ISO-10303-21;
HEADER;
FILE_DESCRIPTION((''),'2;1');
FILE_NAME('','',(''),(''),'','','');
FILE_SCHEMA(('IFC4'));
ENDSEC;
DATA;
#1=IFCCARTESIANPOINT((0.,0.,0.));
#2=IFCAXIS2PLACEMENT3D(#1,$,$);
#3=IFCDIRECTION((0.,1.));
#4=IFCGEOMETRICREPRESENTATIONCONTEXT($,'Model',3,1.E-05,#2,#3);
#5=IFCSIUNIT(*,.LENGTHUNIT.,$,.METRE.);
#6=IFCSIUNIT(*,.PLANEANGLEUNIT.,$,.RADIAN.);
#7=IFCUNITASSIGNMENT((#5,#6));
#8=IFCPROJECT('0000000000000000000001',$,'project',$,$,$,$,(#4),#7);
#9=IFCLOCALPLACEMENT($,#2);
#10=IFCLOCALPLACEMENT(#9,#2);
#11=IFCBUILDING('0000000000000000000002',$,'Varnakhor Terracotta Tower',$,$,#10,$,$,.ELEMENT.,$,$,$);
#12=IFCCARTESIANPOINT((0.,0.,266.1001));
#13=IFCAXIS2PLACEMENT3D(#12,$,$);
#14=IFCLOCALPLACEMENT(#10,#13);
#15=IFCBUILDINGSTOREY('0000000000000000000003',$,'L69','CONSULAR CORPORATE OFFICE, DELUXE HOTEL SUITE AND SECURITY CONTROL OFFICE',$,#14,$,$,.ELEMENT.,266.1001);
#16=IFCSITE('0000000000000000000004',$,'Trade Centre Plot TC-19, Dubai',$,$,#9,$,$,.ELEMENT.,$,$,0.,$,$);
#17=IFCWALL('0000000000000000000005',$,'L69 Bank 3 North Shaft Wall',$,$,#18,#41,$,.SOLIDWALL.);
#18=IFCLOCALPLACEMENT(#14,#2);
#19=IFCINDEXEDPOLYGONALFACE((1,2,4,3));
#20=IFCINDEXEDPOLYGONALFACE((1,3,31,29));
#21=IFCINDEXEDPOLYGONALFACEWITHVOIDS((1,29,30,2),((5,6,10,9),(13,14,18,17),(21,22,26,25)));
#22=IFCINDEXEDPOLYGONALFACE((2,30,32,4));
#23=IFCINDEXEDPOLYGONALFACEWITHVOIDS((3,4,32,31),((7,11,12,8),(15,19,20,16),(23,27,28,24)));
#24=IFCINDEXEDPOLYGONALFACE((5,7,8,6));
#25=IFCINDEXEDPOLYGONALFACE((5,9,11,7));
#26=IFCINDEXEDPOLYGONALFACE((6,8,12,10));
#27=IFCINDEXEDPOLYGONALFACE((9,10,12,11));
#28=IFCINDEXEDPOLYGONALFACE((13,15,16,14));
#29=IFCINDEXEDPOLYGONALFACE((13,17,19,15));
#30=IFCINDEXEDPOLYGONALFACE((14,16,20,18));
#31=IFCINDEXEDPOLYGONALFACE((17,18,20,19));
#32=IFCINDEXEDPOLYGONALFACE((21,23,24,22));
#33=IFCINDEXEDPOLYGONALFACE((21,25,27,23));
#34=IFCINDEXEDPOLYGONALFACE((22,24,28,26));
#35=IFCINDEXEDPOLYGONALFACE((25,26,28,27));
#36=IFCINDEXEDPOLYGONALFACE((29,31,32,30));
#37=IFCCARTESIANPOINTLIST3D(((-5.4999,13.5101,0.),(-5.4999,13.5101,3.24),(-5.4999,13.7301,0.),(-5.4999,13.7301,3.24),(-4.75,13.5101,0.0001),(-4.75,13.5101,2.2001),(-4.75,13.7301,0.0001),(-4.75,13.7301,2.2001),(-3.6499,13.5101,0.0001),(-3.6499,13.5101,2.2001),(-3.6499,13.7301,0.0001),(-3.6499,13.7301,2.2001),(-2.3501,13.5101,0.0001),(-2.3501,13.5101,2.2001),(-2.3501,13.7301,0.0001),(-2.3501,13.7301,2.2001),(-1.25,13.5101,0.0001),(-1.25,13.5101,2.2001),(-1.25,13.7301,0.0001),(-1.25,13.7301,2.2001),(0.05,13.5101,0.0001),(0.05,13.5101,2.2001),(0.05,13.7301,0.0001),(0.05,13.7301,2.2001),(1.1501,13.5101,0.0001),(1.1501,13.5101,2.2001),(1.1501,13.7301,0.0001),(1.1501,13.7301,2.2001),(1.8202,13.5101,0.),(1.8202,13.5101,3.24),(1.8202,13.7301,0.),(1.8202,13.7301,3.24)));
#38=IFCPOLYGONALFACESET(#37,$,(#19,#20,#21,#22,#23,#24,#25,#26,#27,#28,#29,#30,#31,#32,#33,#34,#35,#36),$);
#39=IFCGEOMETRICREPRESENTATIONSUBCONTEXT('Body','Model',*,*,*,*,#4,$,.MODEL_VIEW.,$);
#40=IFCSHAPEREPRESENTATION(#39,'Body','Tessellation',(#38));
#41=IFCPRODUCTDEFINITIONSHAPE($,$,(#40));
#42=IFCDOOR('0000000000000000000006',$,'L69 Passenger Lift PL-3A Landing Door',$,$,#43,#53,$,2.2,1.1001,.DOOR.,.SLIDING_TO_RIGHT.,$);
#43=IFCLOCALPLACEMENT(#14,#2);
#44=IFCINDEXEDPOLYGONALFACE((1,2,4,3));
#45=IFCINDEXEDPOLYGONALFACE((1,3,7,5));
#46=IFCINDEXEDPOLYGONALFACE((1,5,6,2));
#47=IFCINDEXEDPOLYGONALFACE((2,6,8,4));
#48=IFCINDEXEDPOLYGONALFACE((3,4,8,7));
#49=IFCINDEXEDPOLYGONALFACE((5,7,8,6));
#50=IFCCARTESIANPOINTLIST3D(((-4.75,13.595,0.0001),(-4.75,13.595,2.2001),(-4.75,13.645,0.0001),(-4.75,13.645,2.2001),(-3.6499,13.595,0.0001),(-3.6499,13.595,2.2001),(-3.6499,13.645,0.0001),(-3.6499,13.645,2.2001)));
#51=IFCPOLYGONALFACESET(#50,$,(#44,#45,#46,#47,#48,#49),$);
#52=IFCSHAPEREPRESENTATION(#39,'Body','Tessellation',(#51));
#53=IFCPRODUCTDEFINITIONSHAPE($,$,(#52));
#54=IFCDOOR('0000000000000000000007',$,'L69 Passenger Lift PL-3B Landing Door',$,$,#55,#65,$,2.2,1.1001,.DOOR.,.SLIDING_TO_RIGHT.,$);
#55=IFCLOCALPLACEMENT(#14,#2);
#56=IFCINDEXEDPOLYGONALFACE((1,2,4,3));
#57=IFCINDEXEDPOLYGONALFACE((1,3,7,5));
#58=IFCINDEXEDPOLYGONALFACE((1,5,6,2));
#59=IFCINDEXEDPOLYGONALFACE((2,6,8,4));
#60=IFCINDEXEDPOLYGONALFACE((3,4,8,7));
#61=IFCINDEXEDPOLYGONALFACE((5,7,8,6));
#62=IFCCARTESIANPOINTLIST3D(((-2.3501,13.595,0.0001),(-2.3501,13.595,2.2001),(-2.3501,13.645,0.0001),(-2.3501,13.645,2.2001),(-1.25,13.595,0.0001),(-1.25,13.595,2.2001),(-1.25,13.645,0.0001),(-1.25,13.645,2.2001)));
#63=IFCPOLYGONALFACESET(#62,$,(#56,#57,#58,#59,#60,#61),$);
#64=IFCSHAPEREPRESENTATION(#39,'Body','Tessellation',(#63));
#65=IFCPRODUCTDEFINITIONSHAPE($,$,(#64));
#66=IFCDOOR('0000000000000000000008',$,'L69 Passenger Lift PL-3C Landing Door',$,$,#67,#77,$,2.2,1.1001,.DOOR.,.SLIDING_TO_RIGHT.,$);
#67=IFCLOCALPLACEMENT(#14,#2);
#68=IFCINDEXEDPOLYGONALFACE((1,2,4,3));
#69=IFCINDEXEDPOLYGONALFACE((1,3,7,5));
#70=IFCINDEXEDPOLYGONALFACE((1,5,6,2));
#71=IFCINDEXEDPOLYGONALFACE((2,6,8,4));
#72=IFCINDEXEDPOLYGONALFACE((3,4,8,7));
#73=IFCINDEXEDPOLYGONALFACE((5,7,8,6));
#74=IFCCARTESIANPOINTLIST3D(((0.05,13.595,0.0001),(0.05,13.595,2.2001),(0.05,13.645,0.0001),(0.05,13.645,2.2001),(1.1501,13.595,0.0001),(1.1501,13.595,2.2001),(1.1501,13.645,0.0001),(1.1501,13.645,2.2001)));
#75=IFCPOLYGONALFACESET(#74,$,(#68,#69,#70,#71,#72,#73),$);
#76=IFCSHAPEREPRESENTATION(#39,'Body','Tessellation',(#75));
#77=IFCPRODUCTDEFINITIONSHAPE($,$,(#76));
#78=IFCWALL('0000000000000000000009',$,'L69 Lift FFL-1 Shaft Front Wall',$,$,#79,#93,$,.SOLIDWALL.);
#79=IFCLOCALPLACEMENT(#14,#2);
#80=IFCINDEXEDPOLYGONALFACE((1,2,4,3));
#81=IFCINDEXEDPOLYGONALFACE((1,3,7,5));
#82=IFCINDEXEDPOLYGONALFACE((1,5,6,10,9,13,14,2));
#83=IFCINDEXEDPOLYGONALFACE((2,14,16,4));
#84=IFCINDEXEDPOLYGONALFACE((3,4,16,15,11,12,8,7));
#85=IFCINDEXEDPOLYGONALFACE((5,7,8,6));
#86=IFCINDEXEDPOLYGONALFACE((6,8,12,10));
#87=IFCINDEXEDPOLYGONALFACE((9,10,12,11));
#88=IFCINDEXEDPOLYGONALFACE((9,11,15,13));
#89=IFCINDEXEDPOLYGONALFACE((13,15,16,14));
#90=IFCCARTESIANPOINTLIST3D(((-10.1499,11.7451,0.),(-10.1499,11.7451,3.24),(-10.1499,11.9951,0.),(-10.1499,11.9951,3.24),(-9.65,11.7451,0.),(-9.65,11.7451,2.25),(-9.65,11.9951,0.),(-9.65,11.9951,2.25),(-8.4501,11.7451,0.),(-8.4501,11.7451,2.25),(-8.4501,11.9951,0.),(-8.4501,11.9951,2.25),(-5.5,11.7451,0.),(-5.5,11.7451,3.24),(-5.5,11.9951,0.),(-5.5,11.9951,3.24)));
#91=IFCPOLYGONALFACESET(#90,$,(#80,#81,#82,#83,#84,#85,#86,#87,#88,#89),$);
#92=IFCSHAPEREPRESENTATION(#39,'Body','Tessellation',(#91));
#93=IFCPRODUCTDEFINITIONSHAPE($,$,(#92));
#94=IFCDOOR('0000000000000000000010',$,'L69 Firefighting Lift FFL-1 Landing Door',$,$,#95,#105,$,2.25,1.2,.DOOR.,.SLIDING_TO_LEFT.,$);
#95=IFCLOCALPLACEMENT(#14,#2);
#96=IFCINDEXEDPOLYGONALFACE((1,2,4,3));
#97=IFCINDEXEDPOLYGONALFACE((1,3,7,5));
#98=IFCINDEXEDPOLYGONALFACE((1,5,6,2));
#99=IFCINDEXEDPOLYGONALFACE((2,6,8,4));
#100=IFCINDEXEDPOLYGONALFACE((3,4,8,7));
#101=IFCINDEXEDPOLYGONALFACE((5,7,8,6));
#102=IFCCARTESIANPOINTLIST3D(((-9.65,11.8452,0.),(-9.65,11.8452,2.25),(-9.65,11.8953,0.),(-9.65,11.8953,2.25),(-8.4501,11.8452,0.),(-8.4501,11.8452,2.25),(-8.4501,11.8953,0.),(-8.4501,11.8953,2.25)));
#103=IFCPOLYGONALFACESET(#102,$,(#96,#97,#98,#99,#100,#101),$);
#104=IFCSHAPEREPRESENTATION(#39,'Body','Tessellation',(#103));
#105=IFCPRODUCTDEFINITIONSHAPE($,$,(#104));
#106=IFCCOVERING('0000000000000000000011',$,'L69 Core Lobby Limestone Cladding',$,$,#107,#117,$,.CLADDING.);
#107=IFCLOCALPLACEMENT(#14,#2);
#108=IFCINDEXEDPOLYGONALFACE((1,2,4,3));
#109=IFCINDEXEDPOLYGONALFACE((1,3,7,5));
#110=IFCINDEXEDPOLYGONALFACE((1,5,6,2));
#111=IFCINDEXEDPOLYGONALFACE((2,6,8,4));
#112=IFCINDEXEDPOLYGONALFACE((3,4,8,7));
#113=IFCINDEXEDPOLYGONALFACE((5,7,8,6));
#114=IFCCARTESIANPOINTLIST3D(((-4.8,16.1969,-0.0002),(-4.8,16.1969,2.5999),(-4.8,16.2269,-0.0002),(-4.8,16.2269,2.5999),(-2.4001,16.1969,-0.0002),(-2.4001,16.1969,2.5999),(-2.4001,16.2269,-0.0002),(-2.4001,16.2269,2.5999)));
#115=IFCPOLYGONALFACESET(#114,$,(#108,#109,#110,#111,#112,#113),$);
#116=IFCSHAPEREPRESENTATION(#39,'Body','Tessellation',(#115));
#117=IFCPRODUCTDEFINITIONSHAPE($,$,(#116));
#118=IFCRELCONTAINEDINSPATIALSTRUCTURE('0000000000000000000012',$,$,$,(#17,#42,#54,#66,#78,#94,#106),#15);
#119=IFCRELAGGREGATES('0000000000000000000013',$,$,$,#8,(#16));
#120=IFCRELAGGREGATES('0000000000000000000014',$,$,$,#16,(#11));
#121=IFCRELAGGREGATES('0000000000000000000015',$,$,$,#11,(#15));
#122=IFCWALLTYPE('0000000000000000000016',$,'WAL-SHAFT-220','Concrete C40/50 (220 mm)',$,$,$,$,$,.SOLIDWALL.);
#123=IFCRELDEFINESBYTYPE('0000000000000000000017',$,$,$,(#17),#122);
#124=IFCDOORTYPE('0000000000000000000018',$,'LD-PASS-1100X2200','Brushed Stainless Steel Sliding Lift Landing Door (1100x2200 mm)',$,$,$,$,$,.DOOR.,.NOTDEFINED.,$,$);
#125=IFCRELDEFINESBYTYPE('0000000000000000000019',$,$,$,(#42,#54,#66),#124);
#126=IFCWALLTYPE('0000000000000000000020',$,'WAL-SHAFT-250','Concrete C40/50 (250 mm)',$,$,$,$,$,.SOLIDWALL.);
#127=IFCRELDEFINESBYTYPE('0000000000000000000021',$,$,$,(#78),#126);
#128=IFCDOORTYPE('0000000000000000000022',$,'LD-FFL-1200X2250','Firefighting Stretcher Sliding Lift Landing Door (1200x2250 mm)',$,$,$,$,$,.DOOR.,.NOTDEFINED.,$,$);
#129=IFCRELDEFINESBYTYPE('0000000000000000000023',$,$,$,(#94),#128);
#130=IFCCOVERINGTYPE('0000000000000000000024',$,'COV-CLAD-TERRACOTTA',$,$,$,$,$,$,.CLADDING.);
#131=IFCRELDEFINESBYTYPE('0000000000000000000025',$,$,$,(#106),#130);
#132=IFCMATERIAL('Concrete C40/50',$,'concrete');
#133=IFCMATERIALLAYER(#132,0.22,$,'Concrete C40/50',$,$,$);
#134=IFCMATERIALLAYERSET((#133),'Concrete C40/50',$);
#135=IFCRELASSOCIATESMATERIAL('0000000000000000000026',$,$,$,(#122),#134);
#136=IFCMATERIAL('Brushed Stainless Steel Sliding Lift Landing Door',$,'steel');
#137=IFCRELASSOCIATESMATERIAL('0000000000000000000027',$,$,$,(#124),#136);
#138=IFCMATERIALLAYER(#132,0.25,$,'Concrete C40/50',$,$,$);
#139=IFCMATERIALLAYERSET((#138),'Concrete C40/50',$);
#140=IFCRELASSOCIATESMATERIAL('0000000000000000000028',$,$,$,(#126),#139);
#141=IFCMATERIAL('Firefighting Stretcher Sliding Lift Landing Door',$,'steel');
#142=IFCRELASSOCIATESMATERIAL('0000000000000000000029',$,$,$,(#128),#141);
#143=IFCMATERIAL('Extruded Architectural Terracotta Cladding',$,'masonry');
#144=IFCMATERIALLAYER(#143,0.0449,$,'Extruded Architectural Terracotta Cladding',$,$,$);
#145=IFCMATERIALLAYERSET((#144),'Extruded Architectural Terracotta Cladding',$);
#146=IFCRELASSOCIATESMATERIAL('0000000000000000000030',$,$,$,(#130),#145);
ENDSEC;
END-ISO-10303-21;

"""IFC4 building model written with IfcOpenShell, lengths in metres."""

from ifc_helpers import new_model, si_unit, direction, frame, frame_2d, origin, origin_2d, place, context, subcontext, project, spatial, rectangle, extrude, source, transform, mapped, material, layer, layer_set, type_object, type_shapes, element, fill, save


model = new_model("IFC4")

# Units and contexts
model_context = context("Model", 3, precision=1e-05, world=origin(), true_north=direction((0.0, 1.0)))
body_context = subcontext(model_context, "Body", "Model", "MODEL_VIEW")
ifc_project = project(units=[si_unit("LENGTHUNIT", "METRE"), si_unit("PLANEANGLEUNIT", "RADIAN")], contexts=[model_context])

# Site, building, storey
site_placement = place(None, origin())
site = spatial("IfcSite", under=ifc_project, at=site_placement, Name="Trade Centre Plot TC-19, Dubai", CompositionType="ELEMENT", RefElevation=0.0)
building_placement = place(site_placement, origin())
building = spatial("IfcBuilding", under=site, at=building_placement, Name="Varnakhor Terracotta Tower", CompositionType="ELEMENT")
storey_placement = place(building_placement, frame((0.0, 0.0, 266.1001)))
storey = spatial("IfcBuildingStorey", under=building, at=storey_placement, Name="L69", Description="CONSULAR CORPORATE OFFICE, DELUXE HOTEL SUITE AND SECURITY CONTROL OFFICE", CompositionType="ELEMENT", Elevation=266.1001)

# Shared definitions
ifc_material_1 = material(Name="Concrete C40/50", Category="concrete")
ifc_layer_1 = layer(ifc_material_1, 0.22, Name="Concrete C40/50")
ifc_layer_set_1 = layer_set([ifc_layer_1], Name="Concrete C40/50")
wall_type_1 = type_object("IfcWallType", Name="WAL-SHAFT-220", Description="Concrete C40/50 (220 mm)", PredefinedType="SOLIDWALL", material=ifc_layer_set_1)

# Wall, openings, doors
wall_1_placement = place(storey_placement, frame((-5.5, 13.6201, 0.0), z_axis=(0.0, 0.0, 1.0), x_axis=(1.0, 0.0, 0.0)))
wall_1 = element("IfcWall", 1, at=wall_1_placement, inside=storey, type_object=wall_type_1, Name="L69 Bank 3 North Shaft Wall", PredefinedType="SOLIDWALL", context=body_context, shape_type="SweptSolid", body=[
    extrude(rectangle(XDim=7.3201, YDim=0.22, at=frame_2d((3.6602, 0.0))), origin(), (0.0, 0.0, 1.0), 3.24),
])
opening_1_placement = place(wall_1_placement, frame((0.75, 0.0, 0.0)))
opening_1 = element("IfcOpeningElement", 2, at=opening_1_placement, cuts=wall_1, PredefinedType="OPENING", context=body_context, shape_type="SweptSolid", body=[
    extrude(rectangle(XDim=1.1001, YDim=2.2, at=frame_2d((0.55, 1.1001))), frame((0.0, 0.1201, 0.0), z_axis=(0.0, -1.0, 0.0), x_axis=(1.0, 0.0, 0.0)), (0.0, 0.0, 1.0), 0.24),
])
opening_2_placement = place(wall_1_placement, frame((3.1499, 0.0, 0.0)))
opening_2 = element("IfcOpeningElement", 3, at=opening_2_placement, cuts=wall_1, PredefinedType="OPENING", context=body_context, shape_type="SweptSolid", body=[
    extrude(rectangle(XDim=1.1001, YDim=2.2, at=frame_2d((0.55, 1.1001))), frame((0.0, 0.1201, 0.0), z_axis=(0.0, -1.0, 0.0), x_axis=(1.0, 0.0, 0.0)), (0.0, 0.0, 1.0), 0.24),
])
opening_3_placement = place(wall_1_placement, frame((5.55, 0.0, 0.0)))
opening_3 = element("IfcOpeningElement", 4, at=opening_3_placement, cuts=wall_1, PredefinedType="OPENING", context=body_context, shape_type="SweptSolid", body=[
    extrude(rectangle(XDim=1.1001, YDim=2.2, at=frame_2d((0.55, 1.1001))), frame((0.0, 0.1201, 0.0), z_axis=(0.0, -1.0, 0.0), x_axis=(1.0, 0.0, 0.0)), (0.0, 0.0, 1.0), 0.24),
])
ifc_material_2 = material(Name="Brushed Stainless Steel Sliding Lift Landing Door", Category="steel")
door_type_1 = type_object("IfcDoorType", Name="LD-PASS-1100X2200", Description="Brushed Stainless Steel Sliding Lift Landing Door (1100x2200 mm)", OperationType="NOTDEFINED", PredefinedType="DOOR", material=ifc_material_2)
shared_shape_1 = source(origin(), body_context, "Body", "SweptSolid", [
    extrude(rectangle(XDim=1.1001, YDim=2.2, at=frame_2d((0.55, 1.1001))), frame((0.0, 0.0249, 0.0), z_axis=(0.0, -1.0, 0.0), x_axis=(1.0, 0.0, 0.0)), (0.0, 0.0, 1.0), 0.05),
])
type_shapes(door_type_1, [shared_shape_1])
door_1_placement = place(opening_1_placement, origin())
door_1 = element("IfcDoor", 5, at=door_1_placement, inside=storey, type_object=door_type_1, Name="L69 Passenger Lift PL-3A Landing Door", OperationType="SLIDING_TO_RIGHT", OverallHeight=2.2, OverallWidth=1.1001, PredefinedType="DOOR", context=body_context, shape_type="MappedRepresentation", body=[
    mapped(shared_shape_1, transform((0.0, 0.0, 0.0), scale=1.0)),
])
fill(opening_1, door_1)
door_2_placement = place(opening_2_placement, origin())
door_2 = element("IfcDoor", 6, at=door_2_placement, inside=storey, type_object=door_type_1, Name="L69 Passenger Lift PL-3B Landing Door", OperationType="SLIDING_TO_RIGHT", OverallHeight=2.2, OverallWidth=1.1001, PredefinedType="DOOR", context=body_context, shape_type="MappedRepresentation", body=[
    mapped(shared_shape_1, transform((0.0, 0.0, 0.0), scale=1.0)),
])
fill(opening_2, door_2)
door_3_placement = place(opening_3_placement, origin())
door_3 = element("IfcDoor", 7, at=door_3_placement, inside=storey, type_object=door_type_1, Name="L69 Passenger Lift PL-3C Landing Door", OperationType="SLIDING_TO_RIGHT", OverallHeight=2.2, OverallWidth=1.1001, PredefinedType="DOOR", context=body_context, shape_type="MappedRepresentation", body=[
    mapped(shared_shape_1, transform((0.0, 0.0, 0.0), scale=1.0)),
])
fill(opening_3, door_3)

# Wall, opening, door
ifc_layer_2 = layer(ifc_material_1, 0.25, Name="Concrete C40/50")
ifc_layer_set_2 = layer_set([ifc_layer_2], Name="Concrete C40/50")
wall_type_2 = type_object("IfcWallType", Name="WAL-SHAFT-250", Description="Concrete C40/50 (250 mm)", PredefinedType="SOLIDWALL", material=ifc_layer_set_2)
wall_2_placement = place(storey_placement, frame((-5.5, 11.8701, 0.0), z_axis=(0.0, 0.0, 1.0), x_axis=(-1.0, 0.0, 0.0)))
wall_2 = element("IfcWall", 8, at=wall_2_placement, inside=storey, type_object=wall_type_2, Name="L69 Lift FFL-1 Shaft Front Wall", PredefinedType="SOLIDWALL", context=body_context, shape_type="SweptSolid", body=[
    extrude(rectangle(XDim=4.6499, YDim=0.25, at=frame_2d((2.325, 0.0))), origin(), (0.0, 0.0, 1.0), 3.24),
])
opening_4_placement = place(wall_2_placement, frame((2.95, 0.0, 0.0)))
opening_4 = element("IfcOpeningElement", 9, at=opening_4_placement, cuts=wall_2, PredefinedType="OPENING", context=body_context, shape_type="SweptSolid", body=[
    extrude(rectangle(XDim=1.2, YDim=2.25, at=frame_2d((0.6001, 1.125))), frame((0.0, 0.135, 0.0), z_axis=(0.0, -1.0, 0.0), x_axis=(1.0, 0.0, 0.0)), (0.0, 0.0, 1.0), 0.27),
])
ifc_material_3 = material(Name="Firefighting Stretcher Sliding Lift Landing Door", Category="steel")
door_type_2 = type_object("IfcDoorType", Name="LD-FFL-1200X2250", Description="Firefighting Stretcher Sliding Lift Landing Door (1200x2250 mm)", OperationType="NOTDEFINED", PredefinedType="DOOR", material=ifc_material_3)
shared_shape_2 = source(origin(), body_context, "Body", "SweptSolid", [
    extrude(rectangle(XDim=1.2, YDim=2.25, at=frame_2d((0.6001, 1.125))), frame((0.0, 0.0249, 0.0), z_axis=(0.0, -1.0, 0.0), x_axis=(1.0, 0.0, 0.0)), (0.0, 0.0, 1.0), 0.05),
])
type_shapes(door_type_2, [shared_shape_2])
door_4_placement = place(opening_4_placement, origin())
door_4 = element("IfcDoor", 10, at=door_4_placement, inside=storey, type_object=door_type_2, Name="L69 Firefighting Lift FFL-1 Landing Door", OperationType="SLIDING_TO_LEFT", OverallHeight=2.25, OverallWidth=1.2, PredefinedType="DOOR", context=body_context, shape_type="MappedRepresentation", body=[
    mapped(shared_shape_2, transform((0.0, 0.0, 0.0), scale=1.0)),
])
fill(opening_4, door_4)

# Covering
ifc_material_4 = material(Name="Extruded Architectural Terracotta Cladding", Category="masonry")
ifc_layer_3 = layer(ifc_material_4, 0.0449, Name="Extruded Architectural Terracotta Cladding")
ifc_layer_set_3 = layer_set([ifc_layer_3], Name="Extruded Architectural Terracotta Cladding")
covering_type = type_object("IfcCoveringType", Name="COV-CLAD-TERRACOTTA", PredefinedType="CLADDING", material=ifc_layer_set_3)
shared_shape_3 = source(origin(), body_context, "Body", "SweptSolid", [
    extrude(rectangle(XDim=2.3999, YDim=0.03, at=origin_2d()), origin(), (0.0, 0.0, 1.0), 2.6001),
])
type_shapes(covering_type, [shared_shape_3])
covering_placement = place(storey_placement, frame((-3.6001, 16.2119, -0.0002), z_axis=(0.0, 0.0, 1.0), x_axis=(1.0, 0.0, 0.0)))
element("IfcCovering", 11, at=covering_placement, inside=storey, type_object=covering_type, Name="L69 Core Lobby Limestone Cladding", PredefinedType="CLADDING", context=body_context, shape_type="MappedRepresentation", body=[
    mapped(shared_shape_3, transform((0.0, 0.0, 0.0), scale=1.0)),
])

save(model, "model.ifc")
